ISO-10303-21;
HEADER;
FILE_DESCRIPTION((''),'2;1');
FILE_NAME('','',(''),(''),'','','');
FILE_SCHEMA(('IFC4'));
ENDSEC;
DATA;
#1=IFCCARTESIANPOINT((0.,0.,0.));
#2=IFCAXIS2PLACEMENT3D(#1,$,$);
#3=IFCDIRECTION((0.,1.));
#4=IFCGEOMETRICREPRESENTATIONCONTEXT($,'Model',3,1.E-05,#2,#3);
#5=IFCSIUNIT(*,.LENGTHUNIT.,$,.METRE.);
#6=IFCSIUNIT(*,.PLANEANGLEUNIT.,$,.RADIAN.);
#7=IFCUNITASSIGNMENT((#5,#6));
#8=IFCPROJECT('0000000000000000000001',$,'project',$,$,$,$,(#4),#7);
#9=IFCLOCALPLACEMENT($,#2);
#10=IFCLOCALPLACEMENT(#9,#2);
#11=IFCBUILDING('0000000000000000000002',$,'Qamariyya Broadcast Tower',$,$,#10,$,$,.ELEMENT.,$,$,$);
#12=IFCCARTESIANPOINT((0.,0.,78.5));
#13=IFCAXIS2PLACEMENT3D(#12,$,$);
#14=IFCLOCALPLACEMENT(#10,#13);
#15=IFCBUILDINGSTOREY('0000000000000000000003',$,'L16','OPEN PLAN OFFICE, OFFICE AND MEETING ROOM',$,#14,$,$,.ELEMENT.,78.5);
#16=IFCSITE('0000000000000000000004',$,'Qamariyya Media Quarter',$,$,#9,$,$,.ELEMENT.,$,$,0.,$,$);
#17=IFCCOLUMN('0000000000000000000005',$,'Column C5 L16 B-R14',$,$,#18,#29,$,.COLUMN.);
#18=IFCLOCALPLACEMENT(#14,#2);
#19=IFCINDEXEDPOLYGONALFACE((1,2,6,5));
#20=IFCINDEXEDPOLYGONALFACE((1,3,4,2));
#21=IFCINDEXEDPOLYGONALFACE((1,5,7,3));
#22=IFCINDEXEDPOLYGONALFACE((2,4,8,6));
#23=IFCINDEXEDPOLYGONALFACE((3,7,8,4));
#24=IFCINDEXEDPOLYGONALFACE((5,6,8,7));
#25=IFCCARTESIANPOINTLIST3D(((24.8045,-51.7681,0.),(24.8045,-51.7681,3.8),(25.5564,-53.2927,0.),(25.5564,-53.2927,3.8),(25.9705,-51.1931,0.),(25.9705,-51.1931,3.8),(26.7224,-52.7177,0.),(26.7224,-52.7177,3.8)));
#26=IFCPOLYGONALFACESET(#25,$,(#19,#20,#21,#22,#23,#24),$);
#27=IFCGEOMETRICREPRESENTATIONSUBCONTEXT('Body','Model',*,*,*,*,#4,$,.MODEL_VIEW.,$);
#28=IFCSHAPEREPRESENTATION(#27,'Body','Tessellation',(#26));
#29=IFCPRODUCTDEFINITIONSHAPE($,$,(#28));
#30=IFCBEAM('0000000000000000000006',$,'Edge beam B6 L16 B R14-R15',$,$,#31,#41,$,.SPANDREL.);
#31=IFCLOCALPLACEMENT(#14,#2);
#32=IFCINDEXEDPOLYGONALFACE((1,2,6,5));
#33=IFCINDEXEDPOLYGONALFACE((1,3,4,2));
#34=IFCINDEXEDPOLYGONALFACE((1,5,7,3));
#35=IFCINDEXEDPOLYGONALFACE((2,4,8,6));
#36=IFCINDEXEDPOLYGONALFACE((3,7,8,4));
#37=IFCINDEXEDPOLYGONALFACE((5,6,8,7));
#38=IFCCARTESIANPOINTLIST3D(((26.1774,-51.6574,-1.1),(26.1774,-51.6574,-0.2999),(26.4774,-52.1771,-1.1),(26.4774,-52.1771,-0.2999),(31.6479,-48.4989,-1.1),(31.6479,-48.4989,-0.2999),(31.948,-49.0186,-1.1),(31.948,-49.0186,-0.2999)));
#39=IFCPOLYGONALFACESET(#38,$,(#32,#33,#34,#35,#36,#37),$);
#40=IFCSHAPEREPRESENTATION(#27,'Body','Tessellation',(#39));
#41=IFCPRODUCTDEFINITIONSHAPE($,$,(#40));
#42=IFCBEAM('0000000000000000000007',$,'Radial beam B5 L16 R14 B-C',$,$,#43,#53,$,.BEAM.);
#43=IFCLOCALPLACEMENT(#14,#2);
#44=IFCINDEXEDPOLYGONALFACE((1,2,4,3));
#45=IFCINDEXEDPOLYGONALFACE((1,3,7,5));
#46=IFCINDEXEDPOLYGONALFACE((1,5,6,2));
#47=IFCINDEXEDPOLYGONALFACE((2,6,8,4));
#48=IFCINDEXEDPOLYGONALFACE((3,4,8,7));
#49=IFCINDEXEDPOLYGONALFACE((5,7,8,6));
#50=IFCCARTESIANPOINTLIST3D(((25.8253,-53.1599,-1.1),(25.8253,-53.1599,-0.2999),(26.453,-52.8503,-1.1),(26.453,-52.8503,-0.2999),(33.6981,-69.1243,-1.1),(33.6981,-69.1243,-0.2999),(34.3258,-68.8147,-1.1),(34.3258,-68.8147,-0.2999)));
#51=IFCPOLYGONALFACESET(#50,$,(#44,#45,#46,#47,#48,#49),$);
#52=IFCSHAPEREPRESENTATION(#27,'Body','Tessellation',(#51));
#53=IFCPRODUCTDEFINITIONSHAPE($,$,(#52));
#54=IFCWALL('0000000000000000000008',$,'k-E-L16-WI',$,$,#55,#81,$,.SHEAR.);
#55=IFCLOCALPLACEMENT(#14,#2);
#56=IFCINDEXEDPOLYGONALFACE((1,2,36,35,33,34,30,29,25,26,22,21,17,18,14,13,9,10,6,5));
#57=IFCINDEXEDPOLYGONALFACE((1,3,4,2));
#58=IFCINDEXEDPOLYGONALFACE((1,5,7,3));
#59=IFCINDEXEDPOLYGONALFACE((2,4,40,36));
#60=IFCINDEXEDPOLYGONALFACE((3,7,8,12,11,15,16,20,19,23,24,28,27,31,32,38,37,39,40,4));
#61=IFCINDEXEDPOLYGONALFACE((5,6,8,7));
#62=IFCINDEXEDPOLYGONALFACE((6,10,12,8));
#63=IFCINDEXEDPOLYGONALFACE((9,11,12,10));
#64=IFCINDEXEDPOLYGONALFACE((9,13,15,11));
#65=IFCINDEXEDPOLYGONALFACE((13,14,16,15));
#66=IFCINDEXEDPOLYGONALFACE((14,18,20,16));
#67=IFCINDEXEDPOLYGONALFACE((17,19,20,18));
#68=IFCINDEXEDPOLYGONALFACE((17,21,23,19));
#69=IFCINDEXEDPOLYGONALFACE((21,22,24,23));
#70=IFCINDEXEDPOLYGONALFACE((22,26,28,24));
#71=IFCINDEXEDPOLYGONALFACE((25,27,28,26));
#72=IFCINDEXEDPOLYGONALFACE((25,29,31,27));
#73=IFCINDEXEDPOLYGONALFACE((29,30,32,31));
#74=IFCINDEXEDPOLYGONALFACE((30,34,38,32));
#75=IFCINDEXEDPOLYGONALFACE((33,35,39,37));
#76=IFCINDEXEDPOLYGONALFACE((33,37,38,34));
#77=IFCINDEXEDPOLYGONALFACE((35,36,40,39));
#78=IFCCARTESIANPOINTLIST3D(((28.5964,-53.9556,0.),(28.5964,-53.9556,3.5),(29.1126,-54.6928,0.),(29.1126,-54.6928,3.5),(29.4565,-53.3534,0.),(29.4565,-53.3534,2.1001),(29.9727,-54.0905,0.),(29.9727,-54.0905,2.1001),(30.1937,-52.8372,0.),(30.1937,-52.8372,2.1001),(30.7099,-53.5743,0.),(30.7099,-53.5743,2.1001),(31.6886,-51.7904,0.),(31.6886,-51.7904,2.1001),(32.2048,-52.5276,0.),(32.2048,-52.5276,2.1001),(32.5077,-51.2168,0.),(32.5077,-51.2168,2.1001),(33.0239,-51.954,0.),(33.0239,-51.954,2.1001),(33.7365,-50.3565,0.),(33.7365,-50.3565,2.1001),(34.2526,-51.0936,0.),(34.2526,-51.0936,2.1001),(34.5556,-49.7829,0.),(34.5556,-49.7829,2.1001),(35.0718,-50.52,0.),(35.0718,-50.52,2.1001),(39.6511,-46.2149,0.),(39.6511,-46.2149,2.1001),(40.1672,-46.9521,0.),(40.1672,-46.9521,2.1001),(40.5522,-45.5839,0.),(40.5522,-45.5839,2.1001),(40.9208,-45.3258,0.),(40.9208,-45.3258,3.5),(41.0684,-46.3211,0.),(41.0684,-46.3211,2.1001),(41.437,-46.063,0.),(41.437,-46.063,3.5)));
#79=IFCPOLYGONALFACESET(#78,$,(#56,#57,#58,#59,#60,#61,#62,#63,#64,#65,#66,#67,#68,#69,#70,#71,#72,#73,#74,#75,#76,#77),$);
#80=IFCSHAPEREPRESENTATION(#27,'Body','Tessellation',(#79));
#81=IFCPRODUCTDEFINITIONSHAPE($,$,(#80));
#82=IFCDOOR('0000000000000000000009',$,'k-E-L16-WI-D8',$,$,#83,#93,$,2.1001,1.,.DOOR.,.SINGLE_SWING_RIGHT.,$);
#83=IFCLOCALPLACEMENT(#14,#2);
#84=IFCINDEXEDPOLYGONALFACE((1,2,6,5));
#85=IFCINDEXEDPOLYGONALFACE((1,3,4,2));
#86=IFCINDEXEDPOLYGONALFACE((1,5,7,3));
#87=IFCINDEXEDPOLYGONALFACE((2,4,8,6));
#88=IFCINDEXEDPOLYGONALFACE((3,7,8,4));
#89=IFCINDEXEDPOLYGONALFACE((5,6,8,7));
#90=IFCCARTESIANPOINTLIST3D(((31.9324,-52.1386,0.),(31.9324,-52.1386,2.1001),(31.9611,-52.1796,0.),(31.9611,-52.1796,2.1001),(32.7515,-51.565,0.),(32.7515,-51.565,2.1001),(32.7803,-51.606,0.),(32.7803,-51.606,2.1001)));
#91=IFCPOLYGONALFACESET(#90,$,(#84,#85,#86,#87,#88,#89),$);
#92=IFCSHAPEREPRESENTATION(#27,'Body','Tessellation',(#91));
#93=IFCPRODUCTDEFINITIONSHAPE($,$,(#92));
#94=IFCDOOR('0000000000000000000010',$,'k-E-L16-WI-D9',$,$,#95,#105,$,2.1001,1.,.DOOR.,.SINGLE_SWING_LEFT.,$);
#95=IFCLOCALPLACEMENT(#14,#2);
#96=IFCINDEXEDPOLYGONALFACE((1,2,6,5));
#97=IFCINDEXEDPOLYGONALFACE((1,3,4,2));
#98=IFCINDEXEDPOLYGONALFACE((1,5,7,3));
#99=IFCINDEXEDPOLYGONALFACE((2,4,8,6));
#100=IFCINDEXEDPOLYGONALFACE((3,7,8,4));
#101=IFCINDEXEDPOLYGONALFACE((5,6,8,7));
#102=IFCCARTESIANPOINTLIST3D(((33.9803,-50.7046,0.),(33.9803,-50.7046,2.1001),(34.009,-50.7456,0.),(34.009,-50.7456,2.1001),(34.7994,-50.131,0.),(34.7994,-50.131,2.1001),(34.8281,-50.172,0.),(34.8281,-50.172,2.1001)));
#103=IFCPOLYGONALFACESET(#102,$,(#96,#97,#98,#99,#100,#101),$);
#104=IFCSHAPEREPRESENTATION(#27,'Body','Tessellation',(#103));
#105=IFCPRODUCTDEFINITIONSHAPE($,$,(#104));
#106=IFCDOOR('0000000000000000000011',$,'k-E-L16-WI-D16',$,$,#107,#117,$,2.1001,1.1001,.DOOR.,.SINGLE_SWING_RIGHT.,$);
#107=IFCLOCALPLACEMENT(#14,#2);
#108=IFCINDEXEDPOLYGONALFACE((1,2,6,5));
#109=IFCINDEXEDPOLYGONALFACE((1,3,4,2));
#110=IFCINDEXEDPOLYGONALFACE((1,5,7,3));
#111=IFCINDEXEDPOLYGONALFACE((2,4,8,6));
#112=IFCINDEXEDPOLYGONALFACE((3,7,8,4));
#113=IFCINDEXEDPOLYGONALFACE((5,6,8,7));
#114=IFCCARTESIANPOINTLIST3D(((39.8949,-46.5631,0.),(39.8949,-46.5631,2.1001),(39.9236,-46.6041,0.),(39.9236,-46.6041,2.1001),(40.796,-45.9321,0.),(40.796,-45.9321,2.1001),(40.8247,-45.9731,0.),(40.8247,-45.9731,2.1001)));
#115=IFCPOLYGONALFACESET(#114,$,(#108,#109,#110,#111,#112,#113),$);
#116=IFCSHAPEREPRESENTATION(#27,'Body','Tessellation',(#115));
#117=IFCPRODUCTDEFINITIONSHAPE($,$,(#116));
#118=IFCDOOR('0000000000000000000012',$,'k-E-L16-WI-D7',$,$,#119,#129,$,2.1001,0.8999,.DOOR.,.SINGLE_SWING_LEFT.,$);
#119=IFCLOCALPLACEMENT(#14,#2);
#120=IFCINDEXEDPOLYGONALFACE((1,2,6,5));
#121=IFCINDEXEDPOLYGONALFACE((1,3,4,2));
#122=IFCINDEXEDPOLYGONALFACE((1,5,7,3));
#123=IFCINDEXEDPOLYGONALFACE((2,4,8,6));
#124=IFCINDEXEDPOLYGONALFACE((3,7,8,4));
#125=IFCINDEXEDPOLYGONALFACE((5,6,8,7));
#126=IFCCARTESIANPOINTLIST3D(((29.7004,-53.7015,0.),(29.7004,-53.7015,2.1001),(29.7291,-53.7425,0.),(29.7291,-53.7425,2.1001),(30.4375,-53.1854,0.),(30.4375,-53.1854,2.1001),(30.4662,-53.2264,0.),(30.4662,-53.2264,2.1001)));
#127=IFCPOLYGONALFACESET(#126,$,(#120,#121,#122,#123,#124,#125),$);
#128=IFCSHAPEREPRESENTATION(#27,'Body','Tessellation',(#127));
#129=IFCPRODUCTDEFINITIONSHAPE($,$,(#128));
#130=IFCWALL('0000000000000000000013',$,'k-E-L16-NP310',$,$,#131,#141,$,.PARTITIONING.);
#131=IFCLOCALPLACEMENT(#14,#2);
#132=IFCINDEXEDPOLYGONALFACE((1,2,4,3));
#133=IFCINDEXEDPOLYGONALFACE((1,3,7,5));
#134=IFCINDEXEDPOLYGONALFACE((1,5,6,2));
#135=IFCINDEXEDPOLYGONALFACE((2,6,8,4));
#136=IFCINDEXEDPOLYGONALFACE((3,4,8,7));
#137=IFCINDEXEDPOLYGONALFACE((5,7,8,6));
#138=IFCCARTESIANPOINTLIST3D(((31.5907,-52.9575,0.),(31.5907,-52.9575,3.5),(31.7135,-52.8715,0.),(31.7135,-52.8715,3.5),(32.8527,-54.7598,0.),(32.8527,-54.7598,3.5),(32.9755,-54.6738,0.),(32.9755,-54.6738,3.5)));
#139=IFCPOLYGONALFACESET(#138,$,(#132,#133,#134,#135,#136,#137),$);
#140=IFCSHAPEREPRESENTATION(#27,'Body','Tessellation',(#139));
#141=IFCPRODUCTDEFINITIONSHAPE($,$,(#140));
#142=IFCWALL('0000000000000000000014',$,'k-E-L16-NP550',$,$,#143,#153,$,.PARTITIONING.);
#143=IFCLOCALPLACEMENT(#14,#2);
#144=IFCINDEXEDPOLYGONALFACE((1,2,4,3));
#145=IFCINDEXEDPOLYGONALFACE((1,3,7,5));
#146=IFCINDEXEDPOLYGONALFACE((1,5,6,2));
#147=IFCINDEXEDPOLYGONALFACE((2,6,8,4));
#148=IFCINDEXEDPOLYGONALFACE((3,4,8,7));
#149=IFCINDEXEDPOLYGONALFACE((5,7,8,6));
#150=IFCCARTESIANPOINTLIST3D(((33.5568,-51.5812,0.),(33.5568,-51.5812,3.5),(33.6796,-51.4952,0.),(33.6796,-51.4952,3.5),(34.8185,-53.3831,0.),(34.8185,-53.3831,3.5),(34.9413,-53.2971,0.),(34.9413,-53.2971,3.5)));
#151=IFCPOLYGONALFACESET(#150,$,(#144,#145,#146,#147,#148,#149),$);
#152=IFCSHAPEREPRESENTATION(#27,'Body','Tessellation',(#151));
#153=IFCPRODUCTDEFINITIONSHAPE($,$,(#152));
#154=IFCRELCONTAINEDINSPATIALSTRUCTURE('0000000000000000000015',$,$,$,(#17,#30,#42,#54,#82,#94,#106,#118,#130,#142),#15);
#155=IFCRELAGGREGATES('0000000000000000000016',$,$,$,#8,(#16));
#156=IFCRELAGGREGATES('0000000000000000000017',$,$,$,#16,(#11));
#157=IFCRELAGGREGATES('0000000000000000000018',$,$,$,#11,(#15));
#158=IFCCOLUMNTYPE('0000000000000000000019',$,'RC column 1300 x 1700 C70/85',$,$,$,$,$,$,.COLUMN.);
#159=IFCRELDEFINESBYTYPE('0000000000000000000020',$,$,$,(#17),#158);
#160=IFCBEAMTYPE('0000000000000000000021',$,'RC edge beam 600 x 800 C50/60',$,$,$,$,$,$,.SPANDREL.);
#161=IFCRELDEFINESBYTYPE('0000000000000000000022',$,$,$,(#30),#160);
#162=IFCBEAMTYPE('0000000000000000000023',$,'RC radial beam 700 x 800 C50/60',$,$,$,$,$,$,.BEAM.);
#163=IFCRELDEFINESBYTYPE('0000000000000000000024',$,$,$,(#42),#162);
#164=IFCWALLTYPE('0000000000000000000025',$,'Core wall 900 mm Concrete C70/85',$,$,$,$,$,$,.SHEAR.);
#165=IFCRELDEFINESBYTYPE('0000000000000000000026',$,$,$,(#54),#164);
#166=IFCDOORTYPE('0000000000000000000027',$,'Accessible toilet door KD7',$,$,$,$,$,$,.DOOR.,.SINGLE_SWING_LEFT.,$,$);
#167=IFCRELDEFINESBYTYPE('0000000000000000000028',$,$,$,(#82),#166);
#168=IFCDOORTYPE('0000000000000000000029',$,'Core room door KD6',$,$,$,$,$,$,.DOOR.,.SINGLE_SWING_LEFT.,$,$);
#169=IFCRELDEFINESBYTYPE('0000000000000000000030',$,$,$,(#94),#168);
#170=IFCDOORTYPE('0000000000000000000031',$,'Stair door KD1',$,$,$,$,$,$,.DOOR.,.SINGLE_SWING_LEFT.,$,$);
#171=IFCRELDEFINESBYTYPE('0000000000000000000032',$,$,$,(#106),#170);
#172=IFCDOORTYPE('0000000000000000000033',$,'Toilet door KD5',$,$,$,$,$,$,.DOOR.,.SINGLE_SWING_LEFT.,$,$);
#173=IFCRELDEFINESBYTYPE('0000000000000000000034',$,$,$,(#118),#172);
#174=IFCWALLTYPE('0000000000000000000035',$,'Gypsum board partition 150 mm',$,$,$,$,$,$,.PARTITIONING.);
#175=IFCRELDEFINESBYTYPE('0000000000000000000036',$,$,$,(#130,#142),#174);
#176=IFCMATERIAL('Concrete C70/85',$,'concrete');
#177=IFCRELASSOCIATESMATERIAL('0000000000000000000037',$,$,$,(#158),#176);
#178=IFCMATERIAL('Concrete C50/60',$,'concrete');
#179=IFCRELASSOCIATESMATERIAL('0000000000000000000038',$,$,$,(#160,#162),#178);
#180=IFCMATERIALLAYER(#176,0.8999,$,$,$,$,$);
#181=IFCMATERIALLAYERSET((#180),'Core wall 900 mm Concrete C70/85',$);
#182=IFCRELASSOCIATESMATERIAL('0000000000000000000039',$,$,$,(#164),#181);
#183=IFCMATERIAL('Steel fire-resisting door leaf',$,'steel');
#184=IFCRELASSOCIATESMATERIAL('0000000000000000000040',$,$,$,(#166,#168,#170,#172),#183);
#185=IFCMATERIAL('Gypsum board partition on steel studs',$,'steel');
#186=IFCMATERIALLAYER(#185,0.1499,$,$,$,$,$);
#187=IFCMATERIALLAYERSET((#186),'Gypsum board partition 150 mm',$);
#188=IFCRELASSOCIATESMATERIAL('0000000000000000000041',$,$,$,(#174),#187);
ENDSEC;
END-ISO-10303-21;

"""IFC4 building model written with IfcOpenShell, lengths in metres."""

from ifc_helpers import new_model, si_unit, direction, frame, frame_2d, origin, origin_2d, place, context, subcontext, project, spatial, rectangle, extrude, material, layer, layer_set, material_profile, profile_set, type_object, element, fill, save


model = new_model("IFC4")

# Units and contexts
model_context = context("Model", 3, precision=1e-05, world=origin(), true_north=direction((0.0, 1.0)))
body_context = subcontext(model_context, "Body", "Model", "MODEL_VIEW")
ifc_project = project(units=[si_unit("LENGTHUNIT", "METRE"), si_unit("PLANEANGLEUNIT", "RADIAN")], contexts=[model_context])

# Site, building, storey
site_placement = place(None, origin())
site = spatial("IfcSite", under=ifc_project, at=site_placement, Name="Qamariyya Media Quarter", CompositionType="ELEMENT", RefElevation=0.0)
building_placement = place(site_placement, origin())
building = spatial("IfcBuilding", under=site, at=building_placement, Name="Qamariyya Broadcast Tower", CompositionType="ELEMENT")
storey_placement = place(building_placement, frame((0.0, 0.0, 78.5)))
storey = spatial("IfcBuildingStorey", under=building, at=storey_placement, Name="L16", Description="OPEN PLAN OFFICE, OFFICE AND MEETING ROOM", CompositionType="ELEMENT", Elevation=78.5)

# Column
ifc_material_1 = material(Name="Concrete C70/85", Category="concrete")
ifc_material_profile_1 = material_profile(ifc_material_1, rectangle(XDim=1.3, YDim=1.7, at=origin_2d()))
ifc_profile_set_1 = profile_set([ifc_material_profile_1], Name="Concrete C70/85")
column_type = type_object("IfcColumnType", Name="RC column 1300 x 1700 C70/85", PredefinedType="COLUMN", material=ifc_profile_set_1)
column_placement = place(storey_placement, frame((25.7634, -52.2429, 0.0), z_axis=(0.0, 0.0, 1.0), x_axis=(0.896873, 0.442289, 0.0)))
element("IfcColumn", 1, at=column_placement, inside=storey, type_object=column_type, Name="Column C5 L16 B-R14", PredefinedType="COLUMN", context=body_context, shape_type="SweptSolid", body=[
    extrude(rectangle(XDim=1.3, YDim=1.7, at=origin_2d()), origin(), (0.0, 0.0, 1.0), 3.8),
])

# Beams
ifc_material_2 = material(Name="Concrete C50/60", Category="concrete")
ifc_material_profile_2 = material_profile(ifc_material_2, rectangle(XDim=0.6001, YDim=0.8, at=origin_2d()))
ifc_profile_set_2 = profile_set([ifc_material_profile_2], Name="Concrete C50/60")
beam_type_1 = type_object("IfcBeamType", Name="RC edge beam 600 x 800 C50/60", PredefinedType="SPANDREL", material=ifc_profile_set_2)
beam_1_placement = place(storey_placement, frame((26.3274, -51.9172, -0.7), z_axis=(0.86602, 0.500009, 0.0), x_axis=(-0.500009, 0.86602, 0.0)))
element("IfcBeam", 2, at=beam_1_placement, inside=storey, type_object=beam_type_1, Name="Edge beam B6 L16 B R14-R15", PredefinedType="SPANDREL", context=body_context, shape_type="SweptSolid", body=[
    extrude(rectangle(XDim=0.6001, YDim=0.8, at=origin_2d()), origin(), (0.0, 0.0, 1.0), 6.3169),
])
ifc_material_profile_3 = material_profile(ifc_material_2, rectangle(XDim=0.7, YDim=0.8, at=origin_2d()))
ifc_profile_set_3 = profile_set([ifc_material_profile_3], Name="Concrete C50/60")
beam_type_2 = type_object("IfcBeamType", Name="RC radial beam 700 x 800 C50/60", PredefinedType="BEAM", material=ifc_profile_set_3)
beam_2_placement = place(storey_placement, frame((26.1392, -53.0051, -0.7), z_axis=(0.442291, -0.896872, 0.0), x_axis=(0.896872, 0.442291, 0.0)))
element("IfcBeam", 3, at=beam_2_placement, inside=storey, type_object=beam_type_2, Name="Radial beam B5 L16 R14 B-C", PredefinedType="BEAM", context=body_context, shape_type="SweptSolid", body=[
    extrude(rectangle(XDim=0.7, YDim=0.8, at=origin_2d()), origin(), (0.0, 0.0, 1.0), 17.8),
])

# Wall, openings, doors
ifc_layer_1 = layer(ifc_material_1, 0.8999)
ifc_layer_set_1 = layer_set([ifc_layer_1], Name="Core wall 900 mm Concrete C70/85")
wall_type_1 = type_object("IfcWallType", Name="Core wall 900 mm Concrete C70/85", PredefinedType="SHEAR", material=ifc_layer_set_1)
wall_1_placement = place(storey_placement, frame((28.8545, -54.3242, 0.0), z_axis=(0.0, 0.0, 1.0), x_axis=(0.819146, 0.573585, 0.0)))
wall_1 = element("IfcWall", 4, at=wall_1_placement, inside=storey, type_object=wall_type_1, Name="k-E-L16-WI", PredefinedType="SHEAR", context=body_context, shape_type="SweptSolid", body=[
    extrude(rectangle(XDim=15.0454, YDim=0.8999, at=frame_2d((7.5227, 0.0))), origin(), (0.0, 0.0, 1.0), 3.5),
])
opening_1_placement = place(wall_1_placement, frame((1.05, 0.0, 0.0)))
opening_1 = element("IfcOpeningElement", 5, at=opening_1_placement, cuts=wall_1, PredefinedType="OPENING", context=body_context, shape_type="SweptSolid", body=[
    extrude(rectangle(XDim=0.8999, YDim=2.1001, at=frame_2d((0.45, 1.05))), frame((0.0, 0.46, 0.0), z_axis=(0.0, -1.0, 0.0), x_axis=(1.0, 0.0, 0.0)), (0.0, 0.0, 1.0), 0.9199),
])
opening_2_placement = place(wall_1_placement, frame((3.7749, 0.0, 0.0)))
opening_2 = element("IfcOpeningElement", 6, at=opening_2_placement, cuts=wall_1, PredefinedType="OPENING", context=body_context, shape_type="SweptSolid", body=[
    extrude(rectangle(XDim=1.0, YDim=2.1001, at=frame_2d((0.5, 1.05))), frame((0.0, 0.46, 0.0), z_axis=(0.0, -1.0, 0.0), x_axis=(1.0, 0.0, 0.0)), (0.0, 0.0, 1.0), 0.9199),
])
opening_3_placement = place(wall_1_placement, frame((6.2749, 0.0, 0.0)))
opening_3 = element("IfcOpeningElement", 7, at=opening_3_placement, cuts=wall_1, PredefinedType="OPENING", context=body_context, shape_type="SweptSolid", body=[
    extrude(rectangle(XDim=1.0, YDim=2.1001, at=frame_2d((0.5, 1.05))), frame((0.0, 0.46, 0.0), z_axis=(0.0, -1.0, 0.0), x_axis=(1.0, 0.0, 0.0)), (0.0, 0.0, 1.0), 0.9199),
])
opening_4_placement = place(wall_1_placement, frame((13.4954, 0.0, 0.0)))
opening_4 = element("IfcOpeningElement", 8, at=opening_4_placement, cuts=wall_1, PredefinedType="OPENING", context=body_context, shape_type="SweptSolid", body=[
    extrude(rectangle(XDim=1.1001, YDim=2.1001, at=frame_2d((0.55, 1.05))), frame((0.0, 0.46, 0.0), z_axis=(0.0, -1.0, 0.0), x_axis=(1.0, 0.0, 0.0)), (0.0, 0.0, 1.0), 0.9199),
])
ifc_material_3 = material(Name="Steel fire-resisting door leaf", Category="steel")
door_type_1 = type_object("IfcDoorType", Name="Accessible toilet door KD7", OperationType="SINGLE_SWING_LEFT", PredefinedType="DOOR", material=ifc_material_3)
door_1_placement = place(opening_2_placement, origin())
door_1 = element("IfcDoor", 9, at=door_1_placement, inside=storey, type_object=door_type_1, Name="k-E-L16-WI-D8", OperationType="SINGLE_SWING_RIGHT", OverallHeight=2.1001, OverallWidth=1.0, PredefinedType="DOOR", context=body_context, shape_type="SweptSolid", body=[
    extrude(rectangle(XDim=1.0, YDim=2.1001, at=frame_2d((0.5, 1.05))), frame((0.0, 0.0249, 0.0), z_axis=(0.0, -1.0, 0.0), x_axis=(1.0, 0.0, 0.0)), (0.0, 0.0, 1.0), 0.05),
])
fill(opening_2, door_1)
door_type_2 = type_object("IfcDoorType", Name="Core room door KD6", OperationType="SINGLE_SWING_LEFT", PredefinedType="DOOR", material=ifc_material_3)
door_2_placement = place(opening_3_placement, origin())
door_2 = element("IfcDoor", 10, at=door_2_placement, inside=storey, type_object=door_type_2, Name="k-E-L16-WI-D9", OperationType="SINGLE_SWING_LEFT", OverallHeight=2.1001, OverallWidth=1.0, PredefinedType="DOOR", context=body_context, shape_type="SweptSolid", body=[
    extrude(rectangle(XDim=1.0, YDim=2.1001, at=frame_2d((0.5, 1.05))), frame((0.0, 0.0249, 0.0), z_axis=(0.0, -1.0, 0.0), x_axis=(1.0, 0.0, 0.0)), (0.0, 0.0, 1.0), 0.05),
])
fill(opening_3, door_2)
door_type_3 = type_object("IfcDoorType", Name="Stair door KD1", OperationType="SINGLE_SWING_LEFT", PredefinedType="DOOR", material=ifc_material_3)
door_3_placement = place(opening_4_placement, origin())
door_3 = element("IfcDoor", 11, at=door_3_placement, inside=storey, type_object=door_type_3, Name="k-E-L16-WI-D16", OperationType="SINGLE_SWING_RIGHT", OverallHeight=2.1001, OverallWidth=1.1001, PredefinedType="DOOR", context=body_context, shape_type="SweptSolid", body=[
    extrude(rectangle(XDim=1.1001, YDim=2.1001, at=frame_2d((0.55, 1.05))), frame((0.0, 0.0249, 0.0), z_axis=(0.0, -1.0, 0.0), x_axis=(1.0, 0.0, 0.0)), (0.0, 0.0, 1.0), 0.05),
])
fill(opening_4, door_3)
door_type_4 = type_object("IfcDoorType", Name="Toilet door KD5", OperationType="SINGLE_SWING_LEFT", PredefinedType="DOOR", material=ifc_material_3)
door_4_placement = place(opening_1_placement, origin())
door_4 = element("IfcDoor", 12, at=door_4_placement, inside=storey, type_object=door_type_4, Name="k-E-L16-WI-D7", OperationType="SINGLE_SWING_LEFT", OverallHeight=2.1001, OverallWidth=0.8999, PredefinedType="DOOR", context=body_context, shape_type="SweptSolid", body=[
    extrude(rectangle(XDim=0.8999, YDim=2.1001, at=frame_2d((0.45, 1.05))), frame((0.0, 0.0249, 0.0), z_axis=(0.0, -1.0, 0.0), x_axis=(1.0, 0.0, 0.0)), (0.0, 0.0, 1.0), 0.05),
])
fill(opening_1, door_4)

# Walls
ifc_material_4 = material(Name="Gypsum board partition on steel studs", Category="steel")
ifc_layer_2 = layer(ifc_material_4, 0.1499)
ifc_layer_set_2 = layer_set([ifc_layer_2], Name="Gypsum board partition 150 mm")
wall_type_2 = type_object("IfcWallType", Name="Gypsum board partition 150 mm", PredefinedType="PARTITIONING", material=ifc_layer_set_2)
wall_2_placement = place(storey_placement, frame((32.9141, -54.7168, 0.0), z_axis=(0.0, 0.0, 1.0), x_axis=(-0.573581, 0.819149, 0.0)))
element("IfcWall", 13, at=wall_2_placement, inside=storey, type_object=wall_type_2, Name="k-E-L16-NP310", PredefinedType="PARTITIONING", context=body_context, shape_type="SweptSolid", body=[
    extrude(rectangle(XDim=2.2002, YDim=0.1499, at=frame_2d((1.1001, 0.0))), origin(), (0.0, 0.0, 1.0), 3.5),
])
wall_3_placement = place(storey_placement, frame((34.8799, -53.3401, 0.0), z_axis=(0.0, 0.0, 1.0), x_axis=(-0.573559, 0.819164, 0.0)))
element("IfcWall", 14, at=wall_3_placement, inside=storey, type_object=wall_type_2, Name="k-E-L16-NP550", PredefinedType="PARTITIONING", context=body_context, shape_type="SweptSolid", body=[
    extrude(rectangle(XDim=2.1997, YDim=0.1499, at=frame_2d((1.0999, 0.0))), origin(), (0.0, 0.0, 1.0), 3.5),
])

save(model, "model.ifc")
